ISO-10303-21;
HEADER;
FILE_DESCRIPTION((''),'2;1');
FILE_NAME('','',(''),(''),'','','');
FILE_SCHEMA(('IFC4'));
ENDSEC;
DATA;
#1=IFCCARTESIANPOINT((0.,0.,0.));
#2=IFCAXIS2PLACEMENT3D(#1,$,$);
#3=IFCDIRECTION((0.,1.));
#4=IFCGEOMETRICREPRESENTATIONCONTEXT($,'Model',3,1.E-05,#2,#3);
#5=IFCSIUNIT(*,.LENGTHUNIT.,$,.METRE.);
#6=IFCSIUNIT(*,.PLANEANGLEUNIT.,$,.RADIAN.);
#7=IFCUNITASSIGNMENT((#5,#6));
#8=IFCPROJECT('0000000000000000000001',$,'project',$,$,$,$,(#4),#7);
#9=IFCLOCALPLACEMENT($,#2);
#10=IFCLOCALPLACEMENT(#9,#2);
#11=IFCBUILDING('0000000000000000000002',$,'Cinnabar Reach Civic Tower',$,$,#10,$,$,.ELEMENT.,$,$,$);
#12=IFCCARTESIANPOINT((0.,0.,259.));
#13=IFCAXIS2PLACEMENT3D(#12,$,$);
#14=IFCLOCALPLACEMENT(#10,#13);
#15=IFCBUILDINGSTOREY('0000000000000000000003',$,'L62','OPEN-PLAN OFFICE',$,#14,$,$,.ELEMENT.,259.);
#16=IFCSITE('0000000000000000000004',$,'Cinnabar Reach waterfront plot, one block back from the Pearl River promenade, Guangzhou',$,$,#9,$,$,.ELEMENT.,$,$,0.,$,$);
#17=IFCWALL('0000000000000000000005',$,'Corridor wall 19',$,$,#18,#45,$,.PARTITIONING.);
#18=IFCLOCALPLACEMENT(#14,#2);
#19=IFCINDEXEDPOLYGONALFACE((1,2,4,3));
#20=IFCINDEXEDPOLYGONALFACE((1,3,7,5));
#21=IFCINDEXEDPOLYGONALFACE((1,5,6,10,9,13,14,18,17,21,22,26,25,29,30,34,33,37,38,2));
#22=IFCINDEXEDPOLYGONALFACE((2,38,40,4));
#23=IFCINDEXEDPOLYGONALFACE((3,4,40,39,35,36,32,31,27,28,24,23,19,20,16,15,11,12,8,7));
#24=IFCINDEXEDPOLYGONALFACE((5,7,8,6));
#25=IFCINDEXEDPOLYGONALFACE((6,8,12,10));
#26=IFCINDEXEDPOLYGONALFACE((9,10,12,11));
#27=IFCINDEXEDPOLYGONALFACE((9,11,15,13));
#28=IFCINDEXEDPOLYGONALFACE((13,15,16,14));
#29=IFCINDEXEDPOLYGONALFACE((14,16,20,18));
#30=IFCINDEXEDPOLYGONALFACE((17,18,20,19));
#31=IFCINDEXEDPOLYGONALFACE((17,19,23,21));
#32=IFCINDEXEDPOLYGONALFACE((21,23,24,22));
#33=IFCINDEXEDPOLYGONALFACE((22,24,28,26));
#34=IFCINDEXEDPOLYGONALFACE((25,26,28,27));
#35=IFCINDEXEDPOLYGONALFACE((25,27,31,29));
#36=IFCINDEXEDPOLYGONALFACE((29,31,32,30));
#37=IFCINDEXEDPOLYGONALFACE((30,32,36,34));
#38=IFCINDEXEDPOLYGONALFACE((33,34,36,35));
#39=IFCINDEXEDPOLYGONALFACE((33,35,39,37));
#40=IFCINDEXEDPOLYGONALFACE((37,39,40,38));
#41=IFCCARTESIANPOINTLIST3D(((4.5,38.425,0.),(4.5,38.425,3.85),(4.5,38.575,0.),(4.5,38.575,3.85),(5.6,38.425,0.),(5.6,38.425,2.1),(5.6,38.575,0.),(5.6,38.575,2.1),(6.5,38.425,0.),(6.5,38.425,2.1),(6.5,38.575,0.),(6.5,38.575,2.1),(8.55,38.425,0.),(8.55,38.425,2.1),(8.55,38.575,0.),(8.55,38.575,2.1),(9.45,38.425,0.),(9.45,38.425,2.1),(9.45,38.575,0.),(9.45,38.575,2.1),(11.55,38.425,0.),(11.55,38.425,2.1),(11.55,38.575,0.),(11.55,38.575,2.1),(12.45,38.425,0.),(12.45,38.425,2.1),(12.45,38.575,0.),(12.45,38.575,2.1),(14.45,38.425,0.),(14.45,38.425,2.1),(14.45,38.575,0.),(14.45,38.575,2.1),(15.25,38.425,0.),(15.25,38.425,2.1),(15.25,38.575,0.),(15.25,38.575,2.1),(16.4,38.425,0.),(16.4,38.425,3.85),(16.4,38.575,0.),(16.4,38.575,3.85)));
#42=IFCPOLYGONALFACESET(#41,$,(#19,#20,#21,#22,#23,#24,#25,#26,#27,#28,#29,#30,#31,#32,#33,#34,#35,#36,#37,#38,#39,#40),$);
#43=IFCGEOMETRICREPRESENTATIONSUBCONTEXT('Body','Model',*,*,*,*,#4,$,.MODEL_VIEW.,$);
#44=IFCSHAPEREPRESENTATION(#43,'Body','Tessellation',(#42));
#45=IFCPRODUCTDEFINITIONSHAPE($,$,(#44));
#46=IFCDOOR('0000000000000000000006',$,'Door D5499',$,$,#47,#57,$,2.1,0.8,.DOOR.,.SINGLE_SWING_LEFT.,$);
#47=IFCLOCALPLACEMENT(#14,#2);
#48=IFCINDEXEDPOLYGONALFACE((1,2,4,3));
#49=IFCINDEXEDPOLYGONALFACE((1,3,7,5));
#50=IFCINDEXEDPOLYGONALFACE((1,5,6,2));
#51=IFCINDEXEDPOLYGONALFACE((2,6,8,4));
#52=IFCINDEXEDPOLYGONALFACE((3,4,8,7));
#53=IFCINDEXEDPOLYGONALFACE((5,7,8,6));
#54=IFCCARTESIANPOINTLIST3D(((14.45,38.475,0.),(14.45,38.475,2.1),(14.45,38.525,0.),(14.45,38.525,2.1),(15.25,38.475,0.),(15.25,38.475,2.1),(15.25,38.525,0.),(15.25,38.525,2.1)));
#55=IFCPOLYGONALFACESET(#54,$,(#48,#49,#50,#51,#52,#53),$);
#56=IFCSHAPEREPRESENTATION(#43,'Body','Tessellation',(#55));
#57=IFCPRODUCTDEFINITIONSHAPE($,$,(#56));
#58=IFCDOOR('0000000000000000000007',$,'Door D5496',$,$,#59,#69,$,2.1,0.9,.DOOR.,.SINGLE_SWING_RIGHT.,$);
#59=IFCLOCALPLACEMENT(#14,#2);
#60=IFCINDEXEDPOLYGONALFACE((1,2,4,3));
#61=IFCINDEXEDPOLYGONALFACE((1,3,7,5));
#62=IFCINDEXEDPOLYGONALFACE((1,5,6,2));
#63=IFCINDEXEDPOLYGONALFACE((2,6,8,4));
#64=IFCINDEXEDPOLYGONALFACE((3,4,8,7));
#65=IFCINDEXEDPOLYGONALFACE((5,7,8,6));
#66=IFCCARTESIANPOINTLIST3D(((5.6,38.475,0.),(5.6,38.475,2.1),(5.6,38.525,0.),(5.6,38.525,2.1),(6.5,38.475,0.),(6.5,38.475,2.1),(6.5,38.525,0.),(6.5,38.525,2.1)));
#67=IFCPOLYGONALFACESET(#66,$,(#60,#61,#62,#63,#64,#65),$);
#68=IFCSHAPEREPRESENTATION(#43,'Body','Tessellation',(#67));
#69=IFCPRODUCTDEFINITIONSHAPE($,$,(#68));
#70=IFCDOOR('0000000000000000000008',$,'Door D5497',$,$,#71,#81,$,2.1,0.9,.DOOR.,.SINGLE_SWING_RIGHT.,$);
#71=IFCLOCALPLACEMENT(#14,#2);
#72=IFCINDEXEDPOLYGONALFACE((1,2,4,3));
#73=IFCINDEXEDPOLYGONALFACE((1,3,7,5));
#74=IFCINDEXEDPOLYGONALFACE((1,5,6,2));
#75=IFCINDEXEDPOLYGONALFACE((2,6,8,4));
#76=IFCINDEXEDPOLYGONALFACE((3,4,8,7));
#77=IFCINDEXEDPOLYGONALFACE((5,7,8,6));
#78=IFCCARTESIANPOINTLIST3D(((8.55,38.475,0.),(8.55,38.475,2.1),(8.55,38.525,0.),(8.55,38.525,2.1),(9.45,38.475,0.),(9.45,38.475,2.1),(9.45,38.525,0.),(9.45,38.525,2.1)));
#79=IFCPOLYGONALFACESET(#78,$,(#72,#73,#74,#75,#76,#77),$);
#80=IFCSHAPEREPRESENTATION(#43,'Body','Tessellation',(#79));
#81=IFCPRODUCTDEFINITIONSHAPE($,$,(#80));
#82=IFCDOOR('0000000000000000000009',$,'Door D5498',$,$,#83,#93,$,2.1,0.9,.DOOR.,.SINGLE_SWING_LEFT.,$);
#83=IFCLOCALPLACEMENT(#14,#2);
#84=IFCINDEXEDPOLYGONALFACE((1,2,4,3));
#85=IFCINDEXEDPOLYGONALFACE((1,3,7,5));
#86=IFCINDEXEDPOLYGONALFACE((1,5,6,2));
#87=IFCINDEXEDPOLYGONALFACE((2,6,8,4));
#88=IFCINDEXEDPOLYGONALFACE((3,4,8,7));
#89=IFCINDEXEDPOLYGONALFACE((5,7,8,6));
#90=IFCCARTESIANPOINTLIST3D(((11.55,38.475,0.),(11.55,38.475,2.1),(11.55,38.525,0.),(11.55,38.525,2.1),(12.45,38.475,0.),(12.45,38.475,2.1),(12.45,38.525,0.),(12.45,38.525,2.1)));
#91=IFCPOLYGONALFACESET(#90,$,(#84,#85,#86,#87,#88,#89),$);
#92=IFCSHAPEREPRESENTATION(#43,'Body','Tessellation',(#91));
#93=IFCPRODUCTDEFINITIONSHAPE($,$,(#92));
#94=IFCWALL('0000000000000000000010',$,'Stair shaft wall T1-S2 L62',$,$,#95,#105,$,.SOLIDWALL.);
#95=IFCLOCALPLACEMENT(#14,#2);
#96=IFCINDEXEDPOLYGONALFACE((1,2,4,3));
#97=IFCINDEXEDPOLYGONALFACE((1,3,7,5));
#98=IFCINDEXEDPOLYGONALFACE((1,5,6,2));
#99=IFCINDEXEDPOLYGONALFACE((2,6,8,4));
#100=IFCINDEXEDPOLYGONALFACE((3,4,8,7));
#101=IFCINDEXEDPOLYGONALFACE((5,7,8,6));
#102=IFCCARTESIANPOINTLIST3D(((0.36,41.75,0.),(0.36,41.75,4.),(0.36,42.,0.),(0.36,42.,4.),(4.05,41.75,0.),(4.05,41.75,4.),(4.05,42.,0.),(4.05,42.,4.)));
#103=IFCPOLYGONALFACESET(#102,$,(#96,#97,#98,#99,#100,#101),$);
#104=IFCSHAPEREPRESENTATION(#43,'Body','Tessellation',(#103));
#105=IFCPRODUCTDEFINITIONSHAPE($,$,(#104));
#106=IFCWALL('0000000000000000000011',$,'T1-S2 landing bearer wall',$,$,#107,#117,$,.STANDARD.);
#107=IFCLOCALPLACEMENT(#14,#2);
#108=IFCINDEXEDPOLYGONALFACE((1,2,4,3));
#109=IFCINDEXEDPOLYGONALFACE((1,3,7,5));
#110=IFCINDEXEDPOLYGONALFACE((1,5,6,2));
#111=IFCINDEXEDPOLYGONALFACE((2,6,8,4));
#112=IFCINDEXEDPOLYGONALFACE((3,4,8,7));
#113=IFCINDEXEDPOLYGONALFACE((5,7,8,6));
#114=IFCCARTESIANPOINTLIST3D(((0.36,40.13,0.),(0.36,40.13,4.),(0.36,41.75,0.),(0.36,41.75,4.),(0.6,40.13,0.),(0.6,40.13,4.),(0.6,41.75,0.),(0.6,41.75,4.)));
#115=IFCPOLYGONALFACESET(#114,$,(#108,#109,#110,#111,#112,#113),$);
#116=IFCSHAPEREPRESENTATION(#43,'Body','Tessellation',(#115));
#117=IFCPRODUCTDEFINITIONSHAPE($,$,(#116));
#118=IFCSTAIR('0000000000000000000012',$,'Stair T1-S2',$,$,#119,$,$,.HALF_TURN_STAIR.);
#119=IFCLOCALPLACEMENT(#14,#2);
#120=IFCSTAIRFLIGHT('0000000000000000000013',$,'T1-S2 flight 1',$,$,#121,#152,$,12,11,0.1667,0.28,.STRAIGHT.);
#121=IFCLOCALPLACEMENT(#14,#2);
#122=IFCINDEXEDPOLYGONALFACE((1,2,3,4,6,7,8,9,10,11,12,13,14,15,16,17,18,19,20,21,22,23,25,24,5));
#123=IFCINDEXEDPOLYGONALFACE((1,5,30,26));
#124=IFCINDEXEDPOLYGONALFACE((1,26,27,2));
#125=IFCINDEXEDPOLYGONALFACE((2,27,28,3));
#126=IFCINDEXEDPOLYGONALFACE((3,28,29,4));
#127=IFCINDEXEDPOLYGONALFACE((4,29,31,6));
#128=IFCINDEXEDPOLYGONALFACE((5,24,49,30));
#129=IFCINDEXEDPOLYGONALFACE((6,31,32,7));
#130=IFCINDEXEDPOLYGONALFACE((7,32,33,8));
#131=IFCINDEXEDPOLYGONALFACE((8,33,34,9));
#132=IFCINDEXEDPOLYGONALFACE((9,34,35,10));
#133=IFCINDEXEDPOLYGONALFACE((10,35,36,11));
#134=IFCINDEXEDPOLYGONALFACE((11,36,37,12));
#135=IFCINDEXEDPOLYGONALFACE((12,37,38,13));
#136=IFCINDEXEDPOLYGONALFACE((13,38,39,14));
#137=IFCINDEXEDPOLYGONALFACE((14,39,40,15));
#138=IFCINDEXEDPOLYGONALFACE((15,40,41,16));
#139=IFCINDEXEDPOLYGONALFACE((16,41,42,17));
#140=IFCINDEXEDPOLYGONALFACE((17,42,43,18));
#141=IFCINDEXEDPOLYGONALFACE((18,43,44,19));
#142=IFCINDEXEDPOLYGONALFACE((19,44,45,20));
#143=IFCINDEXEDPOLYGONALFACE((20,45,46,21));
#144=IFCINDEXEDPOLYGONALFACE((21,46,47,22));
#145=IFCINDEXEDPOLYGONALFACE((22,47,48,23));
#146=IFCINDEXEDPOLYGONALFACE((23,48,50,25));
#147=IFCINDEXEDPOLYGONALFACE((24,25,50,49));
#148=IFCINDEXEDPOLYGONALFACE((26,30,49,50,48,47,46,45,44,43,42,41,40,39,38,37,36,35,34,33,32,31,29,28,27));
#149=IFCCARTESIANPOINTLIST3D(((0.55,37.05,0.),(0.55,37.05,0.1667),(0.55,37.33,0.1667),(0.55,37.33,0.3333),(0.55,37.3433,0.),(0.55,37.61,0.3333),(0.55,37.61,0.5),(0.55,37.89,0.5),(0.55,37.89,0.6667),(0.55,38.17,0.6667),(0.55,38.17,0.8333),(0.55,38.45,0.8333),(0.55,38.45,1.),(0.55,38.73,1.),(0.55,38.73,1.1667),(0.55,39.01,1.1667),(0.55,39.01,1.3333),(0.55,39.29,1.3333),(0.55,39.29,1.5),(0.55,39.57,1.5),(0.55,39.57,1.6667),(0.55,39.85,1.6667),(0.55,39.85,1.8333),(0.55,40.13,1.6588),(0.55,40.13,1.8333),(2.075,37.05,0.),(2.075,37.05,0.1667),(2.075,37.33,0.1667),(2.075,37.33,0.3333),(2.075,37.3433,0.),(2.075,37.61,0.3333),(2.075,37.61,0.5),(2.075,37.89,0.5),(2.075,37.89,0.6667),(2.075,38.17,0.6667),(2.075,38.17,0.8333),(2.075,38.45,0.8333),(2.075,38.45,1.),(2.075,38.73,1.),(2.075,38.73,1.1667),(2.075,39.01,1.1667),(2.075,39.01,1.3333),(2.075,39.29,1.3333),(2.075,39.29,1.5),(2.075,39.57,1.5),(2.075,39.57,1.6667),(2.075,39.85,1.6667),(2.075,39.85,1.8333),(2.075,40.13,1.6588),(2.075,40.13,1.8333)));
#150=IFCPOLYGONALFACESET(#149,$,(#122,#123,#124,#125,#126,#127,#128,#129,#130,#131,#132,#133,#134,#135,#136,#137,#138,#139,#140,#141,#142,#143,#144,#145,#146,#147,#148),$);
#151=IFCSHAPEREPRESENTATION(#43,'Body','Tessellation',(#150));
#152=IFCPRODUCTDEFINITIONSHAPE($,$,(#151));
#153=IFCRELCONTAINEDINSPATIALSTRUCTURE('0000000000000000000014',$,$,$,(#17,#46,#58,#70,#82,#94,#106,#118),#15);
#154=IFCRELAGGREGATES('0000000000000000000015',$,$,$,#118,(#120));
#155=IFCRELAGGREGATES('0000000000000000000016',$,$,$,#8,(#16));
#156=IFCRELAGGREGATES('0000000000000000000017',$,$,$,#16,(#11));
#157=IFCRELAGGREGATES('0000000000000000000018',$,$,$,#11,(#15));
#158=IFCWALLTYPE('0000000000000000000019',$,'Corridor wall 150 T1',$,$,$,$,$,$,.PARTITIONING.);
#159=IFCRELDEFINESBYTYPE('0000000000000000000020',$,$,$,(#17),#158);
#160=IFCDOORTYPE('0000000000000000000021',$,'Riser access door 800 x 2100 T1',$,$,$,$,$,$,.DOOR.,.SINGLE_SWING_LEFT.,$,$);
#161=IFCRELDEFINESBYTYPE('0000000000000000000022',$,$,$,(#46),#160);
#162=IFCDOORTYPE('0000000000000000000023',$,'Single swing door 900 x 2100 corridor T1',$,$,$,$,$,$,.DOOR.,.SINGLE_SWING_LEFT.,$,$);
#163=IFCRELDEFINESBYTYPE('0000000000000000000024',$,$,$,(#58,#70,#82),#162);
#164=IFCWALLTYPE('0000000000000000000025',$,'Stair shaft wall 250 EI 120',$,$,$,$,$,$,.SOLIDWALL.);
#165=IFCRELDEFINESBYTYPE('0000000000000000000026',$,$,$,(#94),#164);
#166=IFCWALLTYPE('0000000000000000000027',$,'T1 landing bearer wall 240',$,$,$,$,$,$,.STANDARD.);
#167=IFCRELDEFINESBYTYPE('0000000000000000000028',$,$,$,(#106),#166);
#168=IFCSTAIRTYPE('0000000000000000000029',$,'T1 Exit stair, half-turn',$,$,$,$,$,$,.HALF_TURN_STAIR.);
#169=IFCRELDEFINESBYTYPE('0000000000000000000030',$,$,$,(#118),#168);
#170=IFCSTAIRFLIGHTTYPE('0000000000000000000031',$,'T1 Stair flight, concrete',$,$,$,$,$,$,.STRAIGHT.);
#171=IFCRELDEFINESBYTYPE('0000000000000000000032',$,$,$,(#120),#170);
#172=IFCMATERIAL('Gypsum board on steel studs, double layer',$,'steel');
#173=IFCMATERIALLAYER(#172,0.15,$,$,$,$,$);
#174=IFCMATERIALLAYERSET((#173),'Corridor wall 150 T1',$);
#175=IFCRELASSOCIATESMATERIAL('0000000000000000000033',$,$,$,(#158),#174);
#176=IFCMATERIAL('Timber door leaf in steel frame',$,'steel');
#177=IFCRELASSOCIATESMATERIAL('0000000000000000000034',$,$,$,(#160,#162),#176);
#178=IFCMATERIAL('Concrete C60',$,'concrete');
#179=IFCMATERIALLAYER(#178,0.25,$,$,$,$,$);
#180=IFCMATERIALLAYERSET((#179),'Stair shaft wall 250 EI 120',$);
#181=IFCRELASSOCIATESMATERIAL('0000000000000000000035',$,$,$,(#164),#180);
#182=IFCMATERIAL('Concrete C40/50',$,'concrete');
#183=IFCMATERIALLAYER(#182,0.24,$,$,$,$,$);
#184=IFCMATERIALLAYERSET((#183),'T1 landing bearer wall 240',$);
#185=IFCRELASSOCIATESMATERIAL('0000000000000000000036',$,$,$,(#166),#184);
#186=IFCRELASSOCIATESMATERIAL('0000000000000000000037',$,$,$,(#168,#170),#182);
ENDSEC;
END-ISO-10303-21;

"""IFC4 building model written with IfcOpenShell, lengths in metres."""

from ifc_helpers import new_model, si_unit, direction, frame, frame_2d, origin, place, context, subcontext, project, spatial, polyline, rectangle, outline, extrude, material, layer, layer_set, type_object, element, fill, aggregate, save


model = new_model("IFC4")

# Units and contexts
model_context = context("Model", 3, precision=1e-05, world=origin(), true_north=direction((0.0, 1.0)))
body_context = subcontext(model_context, "Body", "Model", "MODEL_VIEW")
ifc_project = project(units=[si_unit("LENGTHUNIT", "METRE"), si_unit("PLANEANGLEUNIT", "RADIAN")], contexts=[model_context])

# Site, building, storey
site_placement = place(None, origin())
site = spatial("IfcSite", under=ifc_project, at=site_placement, Name="Cinnabar Reach waterfront plot, one block back from the Pearl River promenade, Guangzhou", CompositionType="ELEMENT", RefElevation=0.0)
building_placement = place(site_placement, origin())
building = spatial("IfcBuilding", under=site, at=building_placement, Name="Cinnabar Reach Civic Tower", CompositionType="ELEMENT")
storey_placement = place(building_placement, frame((0.0, 0.0, 259.0)))
storey = spatial("IfcBuildingStorey", under=building, at=storey_placement, Name="L62", Description="OPEN-PLAN OFFICE", CompositionType="ELEMENT", Elevation=259.0)

# Shared definitions
ifc_material_1 = material(Name="Concrete C60", Category="concrete")
ifc_material_2 = material(Name="Timber door leaf in steel frame", Category="steel")

# Wall, openings, doors
ifc_material_3 = material(Name="Gypsum board on steel studs, double layer", Category="steel")
ifc_layer_1 = layer(ifc_material_3, 0.15)
ifc_layer_set_1 = layer_set([ifc_layer_1], Name="Corridor wall 150 T1")
wall_type_1 = type_object("IfcWallType", Name="Corridor wall 150 T1", PredefinedType="PARTITIONING", material=ifc_layer_set_1)
wall_1_placement = place(storey_placement, frame((4.5, 38.5, 0.0), z_axis=(0.0, 0.0, 1.0), x_axis=(1.0, 0.0, 0.0)))
wall_1 = element("IfcWall", 1, at=wall_1_placement, inside=storey, type_object=wall_type_1, Name="Corridor wall 19", PredefinedType="PARTITIONING", context=body_context, shape_type="SweptSolid", body=[
    extrude(rectangle(XDim=11.9, YDim=0.15, at=frame_2d((5.95, 0.0))), origin(), (0.0, 0.0, 1.0), 3.85),
])
opening_1_placement = place(wall_1_placement, frame((1.1, 0.0, 0.0)))
opening_1 = element("IfcOpeningElement", 2, at=opening_1_placement, cuts=wall_1, PredefinedType="OPENING", context=body_context, shape_type="SweptSolid", body=[
    extrude(rectangle(XDim=0.9, YDim=2.1, at=frame_2d((0.45, 1.05))), frame((0.0, 0.085, 0.0), z_axis=(0.0, -1.0, 0.0), x_axis=(1.0, 0.0, 0.0)), (0.0, 0.0, 1.0), 0.17),
])
opening_2_placement = place(wall_1_placement, frame((4.05, 0.0, 0.0)))
opening_2 = element("IfcOpeningElement", 3, at=opening_2_placement, cuts=wall_1, PredefinedType="OPENING", context=body_context, shape_type="SweptSolid", body=[
    extrude(rectangle(XDim=0.9, YDim=2.1, at=frame_2d((0.45, 1.05))), frame((0.0, 0.085, 0.0), z_axis=(0.0, -1.0, 0.0), x_axis=(1.0, 0.0, 0.0)), (0.0, 0.0, 1.0), 0.17),
])
opening_3_placement = place(wall_1_placement, frame((7.05, 0.0, 0.0)))
opening_3 = element("IfcOpeningElement", 4, at=opening_3_placement, cuts=wall_1, PredefinedType="OPENING", context=body_context, shape_type="SweptSolid", body=[
    extrude(rectangle(XDim=0.9, YDim=2.1, at=frame_2d((0.45, 1.05))), frame((0.0, 0.085, 0.0), z_axis=(0.0, -1.0, 0.0), x_axis=(1.0, 0.0, 0.0)), (0.0, 0.0, 1.0), 0.17),
])
opening_4_placement = place(wall_1_placement, frame((9.95, 0.0, 0.0)))
opening_4 = element("IfcOpeningElement", 5, at=opening_4_placement, cuts=wall_1, PredefinedType="OPENING", context=body_context, shape_type="SweptSolid", body=[
    extrude(rectangle(XDim=0.8, YDim=2.1, at=frame_2d((0.4, 1.05))), frame((0.0, 0.085, 0.0), z_axis=(0.0, -1.0, 0.0), x_axis=(1.0, 0.0, 0.0)), (0.0, 0.0, 1.0), 0.17),
])
door_type_1 = type_object("IfcDoorType", Name="Riser access door 800 x 2100 T1", OperationType="SINGLE_SWING_LEFT", PredefinedType="DOOR", material=ifc_material_2)
door_1_placement = place(opening_4_placement, origin())
door_1 = element("IfcDoor", 6, at=door_1_placement, inside=storey, type_object=door_type_1, Name="Door D5499", OperationType="SINGLE_SWING_LEFT", OverallHeight=2.1, OverallWidth=0.8, PredefinedType="DOOR", context=body_context, shape_type="SweptSolid", body=[
    extrude(rectangle(XDim=0.8, YDim=2.1, at=frame_2d((0.4, 1.05))), frame((0.0, 0.025, 0.0), z_axis=(0.0, -1.0, 0.0), x_axis=(1.0, 0.0, 0.0)), (0.0, 0.0, 1.0), 0.05),
])
fill(opening_4, door_1)
door_type_2 = type_object("IfcDoorType", Name="Single swing door 900 x 2100 corridor T1", OperationType="SINGLE_SWING_LEFT", PredefinedType="DOOR", material=ifc_material_2)
door_2_placement = place(opening_1_placement, origin())
door_2 = element("IfcDoor", 7, at=door_2_placement, inside=storey, type_object=door_type_2, Name="Door D5496", OperationType="SINGLE_SWING_RIGHT", OverallHeight=2.1, OverallWidth=0.9, PredefinedType="DOOR", context=body_context, shape_type="SweptSolid", body=[
    extrude(rectangle(XDim=0.9, YDim=2.1, at=frame_2d((0.45, 1.05))), frame((0.0, 0.025, 0.0), z_axis=(0.0, -1.0, 0.0), x_axis=(1.0, 0.0, 0.0)), (0.0, 0.0, 1.0), 0.05),
])
fill(opening_1, door_2)
door_3_placement = place(opening_2_placement, origin())
door_3 = element("IfcDoor", 8, at=door_3_placement, inside=storey, type_object=door_type_2, Name="Door D5497", OperationType="SINGLE_SWING_RIGHT", OverallHeight=2.1, OverallWidth=0.9, PredefinedType="DOOR", context=body_context, shape_type="SweptSolid", body=[
    extrude(rectangle(XDim=0.9, YDim=2.1, at=frame_2d((0.45, 1.05))), frame((0.0, 0.025, 0.0), z_axis=(0.0, -1.0, 0.0), x_axis=(1.0, 0.0, 0.0)), (0.0, 0.0, 1.0), 0.05),
])
fill(opening_2, door_3)
door_4_placement = place(opening_3_placement, origin())
door_4 = element("IfcDoor", 9, at=door_4_placement, inside=storey, type_object=door_type_2, Name="Door D5498", OperationType="SINGLE_SWING_LEFT", OverallHeight=2.1, OverallWidth=0.9, PredefinedType="DOOR", context=body_context, shape_type="SweptSolid", body=[
    extrude(rectangle(XDim=0.9, YDim=2.1, at=frame_2d((0.45, 1.05))), frame((0.0, 0.025, 0.0), z_axis=(0.0, -1.0, 0.0), x_axis=(1.0, 0.0, 0.0)), (0.0, 0.0, 1.0), 0.05),
])
fill(opening_3, door_4)

# Walls
ifc_layer_2 = layer(ifc_material_1, 0.25)
ifc_layer_set_2 = layer_set([ifc_layer_2], Name="Stair shaft wall 250 EI 120")
wall_type_2 = type_object("IfcWallType", Name="Stair shaft wall 250 EI 120", PredefinedType="SOLIDWALL", material=ifc_layer_set_2)
wall_2_placement = place(storey_placement, frame((4.05, 41.875, 0.0), z_axis=(0.0, 0.0, 1.0), x_axis=(-1.0, 0.0, 0.0)))
element("IfcWall", 10, at=wall_2_placement, inside=storey, type_object=wall_type_2, Name="Stair shaft wall T1-S2 L62", PredefinedType="SOLIDWALL", context=body_context, shape_type="SweptSolid", body=[
    extrude(rectangle(XDim=3.69, YDim=0.25, at=frame_2d((1.845, 0.0))), origin(), (0.0, 0.0, 1.0), 4.0),
])
ifc_material_4 = material(Name="Concrete C40/50", Category="concrete")
ifc_layer_3 = layer(ifc_material_4, 0.24)
ifc_layer_set_3 = layer_set([ifc_layer_3], Name="T1 landing bearer wall 240")
wall_type_3 = type_object("IfcWallType", Name="T1 landing bearer wall 240", PredefinedType="STANDARD", material=ifc_layer_set_3)
wall_3_placement = place(storey_placement, frame((0.48, 40.13, 0.0), z_axis=(0.0, 0.0, 1.0), x_axis=(0.0, 1.0, 0.0)))
element("IfcWall", 11, at=wall_3_placement, inside=storey, type_object=wall_type_3, Name="T1-S2 landing bearer wall", PredefinedType="STANDARD", context=body_context, shape_type="SweptSolid", body=[
    extrude(rectangle(XDim=1.62, YDim=0.24, at=frame_2d((0.81, 0.0))), origin(), (0.0, 0.0, 1.0), 4.0),
])

# Stair, stair flight
stair_type = type_object("IfcStairType", Name="T1 Exit stair, half-turn", PredefinedType="HALF_TURN_STAIR", material=ifc_material_4)
stair_placement = place(storey_placement, origin())
stair = element("IfcStair", 12, at=stair_placement, inside=storey, type_object=stair_type, Name="Stair T1-S2", PredefinedType="HALF_TURN_STAIR")
stair_flight_type = type_object("IfcStairFlightType", Name="T1 Stair flight, concrete", PredefinedType="STRAIGHT", material=ifc_material_4)
stair_flight_1_placement = place(storey_placement, frame((1.3125, 37.05, 0.0), z_axis=(0.0, 0.0, 1.0), x_axis=(0.0, 1.0, 0.0)))
stair_flight_1 = element("IfcStairFlight", 13, at=stair_flight_1_placement, type_object=stair_flight_type, Name="T1-S2 flight 1", NumberOfRisers=12, NumberOfTreads=11, PredefinedType="STRAIGHT", RiserHeight=0.1667, TreadLength=0.28, context=body_context, shape_type="SweptSolid", body=[
    extrude(outline(polyline([(0.0, 0.0), (0.0, 0.1667), (0.28, 0.1667), (0.28, 0.3333), (0.56, 0.3333), (0.56, 0.5), (0.84, 0.5), (0.84, 0.6667), (1.12, 0.6667), (1.12, 0.8333), (1.4, 0.8333), (1.4, 1.0), (1.68, 1.0), (1.68, 1.1667), (1.96, 1.1667), (1.96, 1.3333), (2.24, 1.3333), (2.24, 1.5), (2.52, 1.5), (2.52, 1.6667), (2.8, 1.6667), (2.8, 1.8333), (3.08, 1.8333), (3.08, 2.0), (3.08, 1.6588), (0.2933, 0.0), (0.0, 0.0)])), frame((0.0, 0.7625, 0.0), z_axis=(0.0, -1.0, 0.0), x_axis=(1.0, 0.0, 0.0)), (0.0, 0.0, 1.0), 1.525),
])
aggregate(stair, [stair_flight_1])

save(model, "model.ifc")
